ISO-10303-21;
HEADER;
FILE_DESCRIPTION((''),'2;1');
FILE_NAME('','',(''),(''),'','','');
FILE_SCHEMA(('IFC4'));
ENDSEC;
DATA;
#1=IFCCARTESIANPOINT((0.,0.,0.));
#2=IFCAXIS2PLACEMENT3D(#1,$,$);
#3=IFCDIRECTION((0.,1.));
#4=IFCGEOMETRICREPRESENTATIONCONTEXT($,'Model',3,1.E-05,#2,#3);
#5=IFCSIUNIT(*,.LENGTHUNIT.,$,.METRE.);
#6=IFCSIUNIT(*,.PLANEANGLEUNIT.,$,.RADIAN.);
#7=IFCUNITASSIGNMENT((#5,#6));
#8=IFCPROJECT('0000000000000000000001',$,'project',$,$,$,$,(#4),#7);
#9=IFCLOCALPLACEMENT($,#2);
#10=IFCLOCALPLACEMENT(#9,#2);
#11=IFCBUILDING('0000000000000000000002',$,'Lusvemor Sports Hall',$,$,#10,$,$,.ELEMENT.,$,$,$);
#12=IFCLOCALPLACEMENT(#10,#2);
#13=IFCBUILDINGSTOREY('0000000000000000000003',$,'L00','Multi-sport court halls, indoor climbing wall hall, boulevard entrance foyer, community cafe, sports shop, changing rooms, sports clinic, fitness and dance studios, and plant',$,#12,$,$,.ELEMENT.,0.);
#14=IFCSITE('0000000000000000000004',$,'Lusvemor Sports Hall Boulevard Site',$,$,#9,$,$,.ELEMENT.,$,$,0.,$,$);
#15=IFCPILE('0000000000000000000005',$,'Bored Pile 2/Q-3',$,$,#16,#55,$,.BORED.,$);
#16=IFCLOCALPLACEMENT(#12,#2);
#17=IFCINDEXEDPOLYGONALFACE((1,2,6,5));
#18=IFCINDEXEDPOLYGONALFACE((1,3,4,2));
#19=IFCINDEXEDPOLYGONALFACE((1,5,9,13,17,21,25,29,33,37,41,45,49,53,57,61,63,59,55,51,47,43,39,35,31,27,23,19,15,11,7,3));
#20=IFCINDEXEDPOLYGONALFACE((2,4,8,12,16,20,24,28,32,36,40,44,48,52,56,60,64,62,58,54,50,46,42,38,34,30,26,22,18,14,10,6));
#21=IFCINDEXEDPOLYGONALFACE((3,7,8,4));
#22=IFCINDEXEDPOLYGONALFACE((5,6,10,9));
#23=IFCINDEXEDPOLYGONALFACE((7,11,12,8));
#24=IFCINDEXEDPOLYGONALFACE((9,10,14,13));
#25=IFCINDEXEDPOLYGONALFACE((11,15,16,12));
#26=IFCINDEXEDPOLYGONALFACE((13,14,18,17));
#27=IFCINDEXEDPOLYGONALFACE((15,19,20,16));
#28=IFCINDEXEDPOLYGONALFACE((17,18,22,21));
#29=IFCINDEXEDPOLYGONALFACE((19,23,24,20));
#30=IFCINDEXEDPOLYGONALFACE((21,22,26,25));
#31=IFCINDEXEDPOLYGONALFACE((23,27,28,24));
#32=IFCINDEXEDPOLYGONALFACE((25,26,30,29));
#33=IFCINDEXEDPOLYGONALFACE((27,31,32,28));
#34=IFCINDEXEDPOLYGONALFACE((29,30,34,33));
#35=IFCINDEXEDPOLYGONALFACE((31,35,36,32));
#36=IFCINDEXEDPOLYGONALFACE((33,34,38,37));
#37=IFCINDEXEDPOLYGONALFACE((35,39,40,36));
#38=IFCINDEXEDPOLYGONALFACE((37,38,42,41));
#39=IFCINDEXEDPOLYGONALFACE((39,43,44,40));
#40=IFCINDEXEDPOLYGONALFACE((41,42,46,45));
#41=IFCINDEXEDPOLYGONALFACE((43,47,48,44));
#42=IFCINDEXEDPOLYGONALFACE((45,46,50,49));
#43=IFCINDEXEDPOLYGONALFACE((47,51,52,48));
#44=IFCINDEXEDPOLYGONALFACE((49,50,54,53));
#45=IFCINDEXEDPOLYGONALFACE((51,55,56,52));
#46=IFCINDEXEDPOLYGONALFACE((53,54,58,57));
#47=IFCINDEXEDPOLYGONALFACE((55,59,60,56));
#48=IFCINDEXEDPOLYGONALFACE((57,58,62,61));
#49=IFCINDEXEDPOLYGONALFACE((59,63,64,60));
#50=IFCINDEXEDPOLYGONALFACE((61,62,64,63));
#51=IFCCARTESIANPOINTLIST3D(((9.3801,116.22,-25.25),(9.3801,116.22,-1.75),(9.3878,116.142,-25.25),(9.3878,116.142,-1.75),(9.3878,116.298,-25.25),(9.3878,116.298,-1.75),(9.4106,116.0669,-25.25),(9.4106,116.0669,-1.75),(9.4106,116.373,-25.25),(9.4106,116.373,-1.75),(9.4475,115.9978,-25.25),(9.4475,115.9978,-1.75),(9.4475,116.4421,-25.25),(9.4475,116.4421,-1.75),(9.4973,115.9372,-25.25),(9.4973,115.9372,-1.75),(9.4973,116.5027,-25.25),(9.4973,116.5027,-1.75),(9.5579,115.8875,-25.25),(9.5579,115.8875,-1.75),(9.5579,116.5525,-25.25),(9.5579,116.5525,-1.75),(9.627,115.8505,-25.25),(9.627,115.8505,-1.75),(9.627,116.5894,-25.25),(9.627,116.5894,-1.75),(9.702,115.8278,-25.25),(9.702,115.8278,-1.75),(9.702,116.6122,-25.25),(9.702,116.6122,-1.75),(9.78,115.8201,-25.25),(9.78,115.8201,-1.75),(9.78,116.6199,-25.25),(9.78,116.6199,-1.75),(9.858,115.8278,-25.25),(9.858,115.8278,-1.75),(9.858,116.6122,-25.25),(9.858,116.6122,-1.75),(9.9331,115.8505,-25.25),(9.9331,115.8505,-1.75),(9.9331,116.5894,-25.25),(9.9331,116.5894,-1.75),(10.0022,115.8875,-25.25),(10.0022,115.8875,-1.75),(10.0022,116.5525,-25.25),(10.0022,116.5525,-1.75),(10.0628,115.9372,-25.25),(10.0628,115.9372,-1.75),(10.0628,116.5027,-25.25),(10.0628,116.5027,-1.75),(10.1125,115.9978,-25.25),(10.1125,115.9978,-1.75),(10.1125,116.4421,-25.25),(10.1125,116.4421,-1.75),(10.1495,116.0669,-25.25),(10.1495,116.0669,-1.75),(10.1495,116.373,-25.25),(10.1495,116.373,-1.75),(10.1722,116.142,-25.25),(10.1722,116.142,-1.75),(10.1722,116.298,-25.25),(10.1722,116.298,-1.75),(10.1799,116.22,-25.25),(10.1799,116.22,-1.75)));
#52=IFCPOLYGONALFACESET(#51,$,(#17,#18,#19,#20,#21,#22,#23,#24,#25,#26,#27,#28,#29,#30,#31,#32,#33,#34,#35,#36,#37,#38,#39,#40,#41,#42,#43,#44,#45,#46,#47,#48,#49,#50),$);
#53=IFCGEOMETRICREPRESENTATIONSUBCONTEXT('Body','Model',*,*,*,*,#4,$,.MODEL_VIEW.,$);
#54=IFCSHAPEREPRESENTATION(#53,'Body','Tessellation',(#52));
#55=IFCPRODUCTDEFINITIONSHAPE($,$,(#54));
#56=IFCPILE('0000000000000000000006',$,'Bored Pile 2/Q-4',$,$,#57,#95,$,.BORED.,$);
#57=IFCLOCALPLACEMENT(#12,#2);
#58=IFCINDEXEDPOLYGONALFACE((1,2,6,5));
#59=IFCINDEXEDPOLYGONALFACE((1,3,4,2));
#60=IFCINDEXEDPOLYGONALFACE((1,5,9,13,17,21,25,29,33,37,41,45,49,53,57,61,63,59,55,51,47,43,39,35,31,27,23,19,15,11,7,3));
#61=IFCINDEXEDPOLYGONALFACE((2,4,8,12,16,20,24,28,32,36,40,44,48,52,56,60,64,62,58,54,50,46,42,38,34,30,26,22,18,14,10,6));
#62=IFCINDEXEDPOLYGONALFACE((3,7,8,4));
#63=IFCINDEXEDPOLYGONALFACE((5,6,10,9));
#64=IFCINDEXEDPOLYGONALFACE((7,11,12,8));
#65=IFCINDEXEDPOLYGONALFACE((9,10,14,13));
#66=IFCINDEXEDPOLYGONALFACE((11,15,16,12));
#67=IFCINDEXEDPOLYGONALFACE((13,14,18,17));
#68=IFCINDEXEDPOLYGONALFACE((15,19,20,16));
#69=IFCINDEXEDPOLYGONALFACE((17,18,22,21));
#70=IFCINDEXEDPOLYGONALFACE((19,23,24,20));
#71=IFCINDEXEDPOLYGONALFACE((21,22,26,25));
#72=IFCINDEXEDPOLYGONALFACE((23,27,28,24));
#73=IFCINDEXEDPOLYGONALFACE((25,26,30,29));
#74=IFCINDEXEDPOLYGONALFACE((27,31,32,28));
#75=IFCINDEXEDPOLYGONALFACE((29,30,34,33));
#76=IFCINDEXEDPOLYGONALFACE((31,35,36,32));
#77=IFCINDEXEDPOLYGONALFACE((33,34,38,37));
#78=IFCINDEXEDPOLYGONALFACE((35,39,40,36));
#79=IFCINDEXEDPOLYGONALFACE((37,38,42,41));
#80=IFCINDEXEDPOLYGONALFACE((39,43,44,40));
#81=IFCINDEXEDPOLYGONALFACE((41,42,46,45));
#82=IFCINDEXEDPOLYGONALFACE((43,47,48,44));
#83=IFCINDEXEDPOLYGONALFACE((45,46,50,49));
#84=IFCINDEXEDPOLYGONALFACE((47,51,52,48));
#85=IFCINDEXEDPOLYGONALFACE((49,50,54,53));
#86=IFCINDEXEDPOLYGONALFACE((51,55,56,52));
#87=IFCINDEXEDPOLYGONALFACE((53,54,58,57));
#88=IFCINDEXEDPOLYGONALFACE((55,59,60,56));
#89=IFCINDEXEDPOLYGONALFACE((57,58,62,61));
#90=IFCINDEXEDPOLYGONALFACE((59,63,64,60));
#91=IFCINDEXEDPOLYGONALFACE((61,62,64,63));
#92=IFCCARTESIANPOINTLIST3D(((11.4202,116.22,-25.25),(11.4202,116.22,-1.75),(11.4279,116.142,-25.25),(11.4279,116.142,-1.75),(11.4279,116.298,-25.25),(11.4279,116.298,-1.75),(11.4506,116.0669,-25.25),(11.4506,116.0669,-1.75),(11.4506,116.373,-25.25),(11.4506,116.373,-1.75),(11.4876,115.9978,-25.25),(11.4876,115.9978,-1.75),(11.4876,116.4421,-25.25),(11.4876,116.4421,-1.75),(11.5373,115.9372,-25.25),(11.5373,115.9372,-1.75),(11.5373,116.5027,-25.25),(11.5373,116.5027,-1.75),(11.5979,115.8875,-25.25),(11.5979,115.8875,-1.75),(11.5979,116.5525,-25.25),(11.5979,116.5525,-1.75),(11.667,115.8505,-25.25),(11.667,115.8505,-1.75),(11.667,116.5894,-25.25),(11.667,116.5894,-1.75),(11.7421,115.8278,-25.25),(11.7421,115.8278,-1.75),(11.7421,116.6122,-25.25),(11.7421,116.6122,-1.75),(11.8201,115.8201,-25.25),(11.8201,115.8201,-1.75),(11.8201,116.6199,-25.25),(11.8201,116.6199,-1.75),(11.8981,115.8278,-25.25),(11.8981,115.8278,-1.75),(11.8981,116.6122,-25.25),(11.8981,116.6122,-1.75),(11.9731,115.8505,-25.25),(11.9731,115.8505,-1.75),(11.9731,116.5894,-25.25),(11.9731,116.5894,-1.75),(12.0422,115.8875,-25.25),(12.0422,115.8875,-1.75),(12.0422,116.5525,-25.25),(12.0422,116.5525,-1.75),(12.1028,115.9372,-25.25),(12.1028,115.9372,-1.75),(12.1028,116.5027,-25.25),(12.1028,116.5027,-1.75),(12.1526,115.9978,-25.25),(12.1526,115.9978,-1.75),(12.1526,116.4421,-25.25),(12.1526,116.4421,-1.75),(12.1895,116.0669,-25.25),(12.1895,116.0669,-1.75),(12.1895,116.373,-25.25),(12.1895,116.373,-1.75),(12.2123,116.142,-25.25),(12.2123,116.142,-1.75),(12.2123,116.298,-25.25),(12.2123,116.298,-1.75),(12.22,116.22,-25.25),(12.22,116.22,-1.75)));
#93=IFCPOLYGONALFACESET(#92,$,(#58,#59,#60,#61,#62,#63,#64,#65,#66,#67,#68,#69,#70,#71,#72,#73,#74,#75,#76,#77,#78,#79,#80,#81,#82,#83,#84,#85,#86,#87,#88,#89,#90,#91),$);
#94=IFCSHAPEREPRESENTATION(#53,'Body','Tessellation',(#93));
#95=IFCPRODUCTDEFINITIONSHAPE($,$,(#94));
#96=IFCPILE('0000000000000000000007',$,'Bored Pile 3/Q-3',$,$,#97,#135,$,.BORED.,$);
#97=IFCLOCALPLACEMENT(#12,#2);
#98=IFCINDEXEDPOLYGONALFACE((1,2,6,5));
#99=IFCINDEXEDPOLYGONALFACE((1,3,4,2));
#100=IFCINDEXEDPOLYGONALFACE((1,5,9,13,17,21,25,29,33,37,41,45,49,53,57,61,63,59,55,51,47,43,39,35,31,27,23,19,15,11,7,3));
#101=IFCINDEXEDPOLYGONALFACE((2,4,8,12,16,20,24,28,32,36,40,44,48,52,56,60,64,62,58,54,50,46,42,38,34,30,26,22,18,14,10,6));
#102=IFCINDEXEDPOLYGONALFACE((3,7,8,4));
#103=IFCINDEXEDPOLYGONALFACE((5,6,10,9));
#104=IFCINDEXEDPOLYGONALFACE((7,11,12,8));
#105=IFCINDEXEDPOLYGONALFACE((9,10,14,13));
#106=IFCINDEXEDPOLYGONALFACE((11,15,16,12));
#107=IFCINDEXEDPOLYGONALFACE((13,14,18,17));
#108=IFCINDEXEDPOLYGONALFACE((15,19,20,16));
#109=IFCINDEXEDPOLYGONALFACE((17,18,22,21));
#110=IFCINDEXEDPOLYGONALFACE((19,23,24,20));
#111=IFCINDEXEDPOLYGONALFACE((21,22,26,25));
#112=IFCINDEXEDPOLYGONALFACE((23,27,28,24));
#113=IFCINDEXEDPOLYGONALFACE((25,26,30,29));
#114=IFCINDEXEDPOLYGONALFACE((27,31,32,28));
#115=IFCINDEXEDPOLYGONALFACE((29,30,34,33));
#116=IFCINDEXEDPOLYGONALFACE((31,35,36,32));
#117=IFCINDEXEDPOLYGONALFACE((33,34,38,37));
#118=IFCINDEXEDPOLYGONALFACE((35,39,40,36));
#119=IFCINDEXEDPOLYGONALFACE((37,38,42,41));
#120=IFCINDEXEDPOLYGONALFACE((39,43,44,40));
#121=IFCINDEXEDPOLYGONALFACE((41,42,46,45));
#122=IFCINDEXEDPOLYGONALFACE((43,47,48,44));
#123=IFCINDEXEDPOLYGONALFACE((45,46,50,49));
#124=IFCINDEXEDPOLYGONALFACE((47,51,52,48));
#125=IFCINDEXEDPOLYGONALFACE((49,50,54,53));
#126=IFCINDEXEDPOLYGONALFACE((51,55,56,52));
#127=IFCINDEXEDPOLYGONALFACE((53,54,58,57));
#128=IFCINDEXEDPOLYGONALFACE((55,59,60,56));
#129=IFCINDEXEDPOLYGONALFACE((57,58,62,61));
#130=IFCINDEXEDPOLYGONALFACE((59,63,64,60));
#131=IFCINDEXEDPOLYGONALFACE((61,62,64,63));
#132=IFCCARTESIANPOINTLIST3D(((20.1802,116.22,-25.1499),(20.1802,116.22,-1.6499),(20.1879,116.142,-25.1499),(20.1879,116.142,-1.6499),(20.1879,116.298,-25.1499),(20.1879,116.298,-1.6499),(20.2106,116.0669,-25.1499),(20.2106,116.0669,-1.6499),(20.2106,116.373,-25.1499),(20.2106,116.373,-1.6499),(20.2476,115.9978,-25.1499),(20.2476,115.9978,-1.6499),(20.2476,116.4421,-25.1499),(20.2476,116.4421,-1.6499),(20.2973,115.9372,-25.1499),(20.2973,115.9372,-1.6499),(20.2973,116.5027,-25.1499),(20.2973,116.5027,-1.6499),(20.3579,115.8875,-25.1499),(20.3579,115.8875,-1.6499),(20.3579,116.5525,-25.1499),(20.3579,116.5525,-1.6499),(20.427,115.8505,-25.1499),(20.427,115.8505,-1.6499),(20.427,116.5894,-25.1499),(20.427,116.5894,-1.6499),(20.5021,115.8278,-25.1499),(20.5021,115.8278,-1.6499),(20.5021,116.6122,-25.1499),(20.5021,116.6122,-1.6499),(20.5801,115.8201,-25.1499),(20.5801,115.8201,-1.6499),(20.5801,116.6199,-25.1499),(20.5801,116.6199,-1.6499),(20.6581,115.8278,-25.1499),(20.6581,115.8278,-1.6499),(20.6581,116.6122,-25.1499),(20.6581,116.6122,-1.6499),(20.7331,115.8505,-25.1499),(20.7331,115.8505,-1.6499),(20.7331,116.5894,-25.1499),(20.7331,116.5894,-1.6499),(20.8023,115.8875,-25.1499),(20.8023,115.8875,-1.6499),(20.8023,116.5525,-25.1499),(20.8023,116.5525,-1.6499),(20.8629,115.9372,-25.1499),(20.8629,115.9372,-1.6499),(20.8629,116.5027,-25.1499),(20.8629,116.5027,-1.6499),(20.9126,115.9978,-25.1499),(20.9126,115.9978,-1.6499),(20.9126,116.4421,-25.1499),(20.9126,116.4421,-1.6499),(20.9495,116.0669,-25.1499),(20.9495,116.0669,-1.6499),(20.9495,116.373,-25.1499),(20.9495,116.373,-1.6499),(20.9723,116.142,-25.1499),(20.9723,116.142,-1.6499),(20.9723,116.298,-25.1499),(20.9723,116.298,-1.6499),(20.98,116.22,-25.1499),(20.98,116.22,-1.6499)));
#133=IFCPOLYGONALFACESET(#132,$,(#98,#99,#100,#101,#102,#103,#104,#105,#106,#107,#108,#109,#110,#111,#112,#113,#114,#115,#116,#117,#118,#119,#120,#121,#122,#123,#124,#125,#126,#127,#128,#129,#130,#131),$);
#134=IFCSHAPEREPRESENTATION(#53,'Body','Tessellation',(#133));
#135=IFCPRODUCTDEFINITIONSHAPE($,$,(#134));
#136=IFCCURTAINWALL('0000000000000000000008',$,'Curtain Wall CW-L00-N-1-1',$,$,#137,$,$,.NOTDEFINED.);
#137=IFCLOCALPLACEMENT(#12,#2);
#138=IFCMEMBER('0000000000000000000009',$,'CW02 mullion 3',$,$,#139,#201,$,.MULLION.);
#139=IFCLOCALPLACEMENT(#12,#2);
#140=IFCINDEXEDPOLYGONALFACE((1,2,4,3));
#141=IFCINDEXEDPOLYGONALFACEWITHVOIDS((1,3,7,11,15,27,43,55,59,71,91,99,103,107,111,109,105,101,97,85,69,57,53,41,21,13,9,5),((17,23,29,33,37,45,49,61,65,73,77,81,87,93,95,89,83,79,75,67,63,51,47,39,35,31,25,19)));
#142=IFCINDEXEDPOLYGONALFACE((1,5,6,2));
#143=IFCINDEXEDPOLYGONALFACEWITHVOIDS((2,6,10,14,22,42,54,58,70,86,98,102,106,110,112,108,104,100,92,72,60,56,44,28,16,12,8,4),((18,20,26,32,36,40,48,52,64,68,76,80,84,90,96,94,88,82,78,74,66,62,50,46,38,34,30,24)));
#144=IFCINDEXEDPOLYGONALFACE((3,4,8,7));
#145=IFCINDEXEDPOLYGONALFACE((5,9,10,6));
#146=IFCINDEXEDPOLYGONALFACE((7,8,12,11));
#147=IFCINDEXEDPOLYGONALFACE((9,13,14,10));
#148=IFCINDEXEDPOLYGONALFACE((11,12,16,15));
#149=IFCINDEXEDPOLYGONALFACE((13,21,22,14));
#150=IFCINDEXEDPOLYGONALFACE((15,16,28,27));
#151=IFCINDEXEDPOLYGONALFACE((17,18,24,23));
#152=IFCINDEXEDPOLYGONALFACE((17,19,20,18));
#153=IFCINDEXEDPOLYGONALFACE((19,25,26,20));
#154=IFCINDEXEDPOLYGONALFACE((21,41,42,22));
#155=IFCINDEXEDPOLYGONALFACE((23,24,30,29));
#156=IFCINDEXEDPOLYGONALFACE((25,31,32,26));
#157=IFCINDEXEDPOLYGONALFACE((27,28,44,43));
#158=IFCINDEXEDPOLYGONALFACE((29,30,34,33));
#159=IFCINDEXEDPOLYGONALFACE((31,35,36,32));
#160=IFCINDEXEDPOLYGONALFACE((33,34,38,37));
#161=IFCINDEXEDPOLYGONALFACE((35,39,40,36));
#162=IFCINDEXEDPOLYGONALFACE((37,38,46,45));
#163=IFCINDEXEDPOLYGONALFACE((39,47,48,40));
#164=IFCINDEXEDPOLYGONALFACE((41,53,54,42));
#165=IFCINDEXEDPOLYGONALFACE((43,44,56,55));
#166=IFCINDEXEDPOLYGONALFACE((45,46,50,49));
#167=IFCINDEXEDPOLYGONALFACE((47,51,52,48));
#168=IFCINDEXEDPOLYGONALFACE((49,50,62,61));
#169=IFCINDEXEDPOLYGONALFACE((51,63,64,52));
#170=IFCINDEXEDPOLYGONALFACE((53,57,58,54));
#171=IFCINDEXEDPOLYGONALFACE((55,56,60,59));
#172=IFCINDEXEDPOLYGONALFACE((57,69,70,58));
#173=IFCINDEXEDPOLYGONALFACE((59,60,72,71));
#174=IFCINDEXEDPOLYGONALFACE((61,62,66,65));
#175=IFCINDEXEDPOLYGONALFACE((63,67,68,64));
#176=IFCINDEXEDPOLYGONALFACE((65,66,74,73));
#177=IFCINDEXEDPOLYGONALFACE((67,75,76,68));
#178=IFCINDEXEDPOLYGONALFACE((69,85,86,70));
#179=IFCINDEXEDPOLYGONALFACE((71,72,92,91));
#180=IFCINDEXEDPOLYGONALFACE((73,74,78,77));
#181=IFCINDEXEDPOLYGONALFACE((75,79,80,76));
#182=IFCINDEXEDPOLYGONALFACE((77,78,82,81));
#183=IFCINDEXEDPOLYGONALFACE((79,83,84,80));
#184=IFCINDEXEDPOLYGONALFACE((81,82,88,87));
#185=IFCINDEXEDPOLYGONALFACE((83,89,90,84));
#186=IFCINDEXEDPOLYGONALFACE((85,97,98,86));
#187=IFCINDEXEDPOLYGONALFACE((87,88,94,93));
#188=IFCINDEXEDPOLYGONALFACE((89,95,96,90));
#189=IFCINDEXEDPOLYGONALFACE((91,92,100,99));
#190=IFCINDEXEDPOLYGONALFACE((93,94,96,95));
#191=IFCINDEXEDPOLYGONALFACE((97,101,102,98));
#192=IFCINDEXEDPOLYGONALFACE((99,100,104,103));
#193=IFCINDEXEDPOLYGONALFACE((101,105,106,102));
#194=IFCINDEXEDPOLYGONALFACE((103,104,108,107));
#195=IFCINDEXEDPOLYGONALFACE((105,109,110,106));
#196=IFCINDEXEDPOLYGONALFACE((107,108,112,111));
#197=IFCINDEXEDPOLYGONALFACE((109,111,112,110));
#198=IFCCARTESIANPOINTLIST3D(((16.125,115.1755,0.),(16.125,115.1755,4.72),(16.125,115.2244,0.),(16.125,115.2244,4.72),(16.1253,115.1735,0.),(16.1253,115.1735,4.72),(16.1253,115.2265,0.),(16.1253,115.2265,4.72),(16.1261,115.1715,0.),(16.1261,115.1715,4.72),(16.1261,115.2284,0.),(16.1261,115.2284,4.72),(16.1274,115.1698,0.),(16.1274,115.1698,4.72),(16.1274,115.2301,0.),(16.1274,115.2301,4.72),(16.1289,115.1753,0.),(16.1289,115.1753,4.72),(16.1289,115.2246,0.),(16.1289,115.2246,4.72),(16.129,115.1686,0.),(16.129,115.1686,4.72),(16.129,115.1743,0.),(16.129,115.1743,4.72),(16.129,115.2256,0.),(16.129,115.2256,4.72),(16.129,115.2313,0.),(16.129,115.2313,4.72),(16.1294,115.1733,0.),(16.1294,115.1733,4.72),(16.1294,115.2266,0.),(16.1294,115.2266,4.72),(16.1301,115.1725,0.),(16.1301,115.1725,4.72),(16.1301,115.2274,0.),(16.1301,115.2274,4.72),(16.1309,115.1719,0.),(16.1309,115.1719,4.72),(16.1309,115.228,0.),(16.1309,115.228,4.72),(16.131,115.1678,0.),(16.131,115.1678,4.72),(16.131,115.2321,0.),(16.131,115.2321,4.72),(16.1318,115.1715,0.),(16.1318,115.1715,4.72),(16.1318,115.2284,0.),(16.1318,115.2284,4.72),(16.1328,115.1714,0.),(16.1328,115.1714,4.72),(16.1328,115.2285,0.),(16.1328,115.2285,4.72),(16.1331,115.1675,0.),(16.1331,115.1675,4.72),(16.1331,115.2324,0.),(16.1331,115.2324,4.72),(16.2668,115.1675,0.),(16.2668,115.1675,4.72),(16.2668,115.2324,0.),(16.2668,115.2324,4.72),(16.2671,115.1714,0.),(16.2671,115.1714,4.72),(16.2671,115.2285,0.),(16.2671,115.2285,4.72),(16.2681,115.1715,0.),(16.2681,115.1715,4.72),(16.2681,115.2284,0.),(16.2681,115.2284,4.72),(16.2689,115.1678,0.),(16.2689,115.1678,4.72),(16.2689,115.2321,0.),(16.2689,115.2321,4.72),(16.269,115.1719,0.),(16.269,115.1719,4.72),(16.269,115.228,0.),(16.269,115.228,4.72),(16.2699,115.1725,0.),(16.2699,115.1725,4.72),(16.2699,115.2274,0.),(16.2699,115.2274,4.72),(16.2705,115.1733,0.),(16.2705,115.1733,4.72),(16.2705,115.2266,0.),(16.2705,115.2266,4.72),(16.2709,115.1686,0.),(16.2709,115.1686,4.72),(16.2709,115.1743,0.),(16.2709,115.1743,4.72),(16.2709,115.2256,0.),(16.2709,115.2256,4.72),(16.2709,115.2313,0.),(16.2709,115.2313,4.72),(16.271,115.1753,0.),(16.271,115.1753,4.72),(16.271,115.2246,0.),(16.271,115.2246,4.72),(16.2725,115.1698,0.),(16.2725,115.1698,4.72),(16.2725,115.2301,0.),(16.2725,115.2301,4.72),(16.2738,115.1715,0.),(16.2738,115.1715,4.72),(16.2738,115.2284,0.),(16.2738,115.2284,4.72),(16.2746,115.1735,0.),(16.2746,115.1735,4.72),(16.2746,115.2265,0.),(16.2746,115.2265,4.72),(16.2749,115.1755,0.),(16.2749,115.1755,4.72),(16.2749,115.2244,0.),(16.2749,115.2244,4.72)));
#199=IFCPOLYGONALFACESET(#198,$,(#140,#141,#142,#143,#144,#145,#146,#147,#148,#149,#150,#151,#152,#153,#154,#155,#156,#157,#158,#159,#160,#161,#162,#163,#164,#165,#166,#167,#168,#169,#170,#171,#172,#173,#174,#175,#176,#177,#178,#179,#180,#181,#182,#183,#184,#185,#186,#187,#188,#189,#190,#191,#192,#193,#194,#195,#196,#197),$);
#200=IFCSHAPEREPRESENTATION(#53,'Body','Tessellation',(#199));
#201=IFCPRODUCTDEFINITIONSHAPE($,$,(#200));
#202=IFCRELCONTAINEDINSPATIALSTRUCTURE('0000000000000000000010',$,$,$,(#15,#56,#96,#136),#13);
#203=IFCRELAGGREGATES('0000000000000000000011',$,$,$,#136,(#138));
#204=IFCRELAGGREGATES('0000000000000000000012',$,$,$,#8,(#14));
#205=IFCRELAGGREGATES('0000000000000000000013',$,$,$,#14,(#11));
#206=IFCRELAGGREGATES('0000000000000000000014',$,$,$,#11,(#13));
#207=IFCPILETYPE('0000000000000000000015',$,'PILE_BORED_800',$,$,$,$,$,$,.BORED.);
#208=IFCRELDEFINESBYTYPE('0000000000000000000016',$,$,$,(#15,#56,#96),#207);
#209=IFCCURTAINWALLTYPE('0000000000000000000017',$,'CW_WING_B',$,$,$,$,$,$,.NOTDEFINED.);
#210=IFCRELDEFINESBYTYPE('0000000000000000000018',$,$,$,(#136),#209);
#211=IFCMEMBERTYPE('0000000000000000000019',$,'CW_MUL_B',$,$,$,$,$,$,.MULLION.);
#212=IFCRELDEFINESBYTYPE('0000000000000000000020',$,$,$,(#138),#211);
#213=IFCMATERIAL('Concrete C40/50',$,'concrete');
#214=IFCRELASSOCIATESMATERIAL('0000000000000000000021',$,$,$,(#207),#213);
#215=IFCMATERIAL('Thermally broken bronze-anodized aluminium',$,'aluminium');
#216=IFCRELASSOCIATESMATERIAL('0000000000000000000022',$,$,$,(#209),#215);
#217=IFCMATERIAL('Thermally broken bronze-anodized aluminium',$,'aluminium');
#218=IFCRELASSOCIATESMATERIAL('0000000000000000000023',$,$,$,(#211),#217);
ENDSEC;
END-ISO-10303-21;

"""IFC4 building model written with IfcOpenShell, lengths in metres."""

from ifc_helpers import new_model, si_unit, direction, frame, origin, origin_2d, place, context, subcontext, project, spatial, hollow_rectangle, circle, extrude, material, material_profile, profile_set, type_object, element, aggregate, save


model = new_model("IFC4")

# Units and contexts
model_context = context("Model", 3, precision=1e-05, world=origin(), true_north=direction((0.0, 1.0)))
body_context = subcontext(model_context, "Body", "Model", "MODEL_VIEW")
ifc_project = project(units=[si_unit("LENGTHUNIT", "METRE"), si_unit("PLANEANGLEUNIT", "RADIAN")], contexts=[model_context])

# Site, building, storey
site_placement = place(None, origin())
site = spatial("IfcSite", under=ifc_project, at=site_placement, Name="Lusvemor Sports Hall Boulevard Site", CompositionType="ELEMENT", RefElevation=0.0)
building_placement = place(site_placement, origin())
building = spatial("IfcBuilding", under=site, at=building_placement, Name="Lusvemor Sports Hall", CompositionType="ELEMENT")
storey_placement = place(building_placement, origin())
storey = spatial("IfcBuildingStorey", under=building, at=storey_placement, Name="L00", Description="Multi-sport court halls, indoor climbing wall hall, boulevard entrance foyer, community cafe, sports shop, changing rooms, sports clinic, fitness and dance studios, and plant", CompositionType="ELEMENT", Elevation=0.0)

# Piles
ifc_material_1 = material(Name="Concrete C40/50", Category="concrete")
ifc_material_profile_1 = material_profile(ifc_material_1, circle(Radius=0.3999, at=origin_2d()), Name="PILE800")
ifc_profile_set_1 = profile_set([ifc_material_profile_1], Name="Concrete C40/50")
pile_type = type_object("IfcPileType", Name="PILE_BORED_800", PredefinedType="BORED", material=ifc_profile_set_1)
for number, where, z_axis, x_axis, name in (
    (1, (9.78, 116.22, -1.75), (0.0, 0.0, -1.0), (1.0, 0.0, 0.0), "Bored Pile 2/Q-3"),
    (2, (11.8201, 116.22, -1.75), (0.0, 0.0, -1.0), (1.0, 0.0, 0.0), "Bored Pile 2/Q-4"),
    (3, (20.5801, 116.22, -1.6499), (0.0, 0.0, -1.0), (1.0, 0.0, 0.0), "Bored Pile 3/Q-3"),
):
    element("IfcPile", number, at=place(storey_placement, frame(where, z_axis=z_axis, x_axis=x_axis)), inside=storey, type_object=pile_type, Name=name, PredefinedType="BORED", context=body_context, shape_type="SweptSolid", body=[
        extrude(circle(Radius=0.3999, at=origin_2d()), origin(), (0.0, 0.0, 1.0), 23.5),
    ])

# Curtain wall, member
ifc_material_2 = material(Name="Thermally broken bronze-anodized aluminium", Category="aluminium")
curtain_wall_type = type_object("IfcCurtainWallType", Name="CW_WING_B", PredefinedType="NOTDEFINED", material=ifc_material_2)
curtain_wall_placement = place(storey_placement, origin())
curtain_wall = element("IfcCurtainWall", 4, at=curtain_wall_placement, inside=storey, type_object=curtain_wall_type, Name="Curtain Wall CW-L00-N-1-1", PredefinedType="NOTDEFINED")
ifc_material_3 = material(Name="Thermally broken bronze-anodized aluminium", Category="aluminium")
ifc_material_profile_2 = material_profile(ifc_material_3, hollow_rectangle(XDim=0.0649, YDim=0.1499, WallThickness=0.0039, InnerFilletRadius=0.0039, OuterFilletRadius=0.0081, at=origin_2d()), Name="CWMUL150x65x4")
ifc_profile_set_2 = profile_set([ifc_material_profile_2], Name="Thermally broken bronze-anodized aluminium")
member_type_1 = type_object("IfcMemberType", Name="CW_MUL_B", PredefinedType="MULLION", material=ifc_profile_set_2)
member_1_placement = place(storey_placement, frame((16.2, 115.2, 0.0), z_axis=(0.0, 0.0, 1.0), x_axis=(0.0, 1.0, 0.0)))
member_1 = element("IfcMember", 5, at=member_1_placement, type_object=member_type_1, Name="CW02 mullion 3", PredefinedType="MULLION", context=body_context, shape_type="SweptSolid", body=[
    extrude(hollow_rectangle(XDim=0.0649, YDim=0.1499, WallThickness=0.0039, InnerFilletRadius=0.0039, OuterFilletRadius=0.0081, at=origin_2d()), origin(), (0.0, 0.0, 1.0), 4.72),
])
aggregate(curtain_wall, [member_1])

save(model, "model.ifc")
